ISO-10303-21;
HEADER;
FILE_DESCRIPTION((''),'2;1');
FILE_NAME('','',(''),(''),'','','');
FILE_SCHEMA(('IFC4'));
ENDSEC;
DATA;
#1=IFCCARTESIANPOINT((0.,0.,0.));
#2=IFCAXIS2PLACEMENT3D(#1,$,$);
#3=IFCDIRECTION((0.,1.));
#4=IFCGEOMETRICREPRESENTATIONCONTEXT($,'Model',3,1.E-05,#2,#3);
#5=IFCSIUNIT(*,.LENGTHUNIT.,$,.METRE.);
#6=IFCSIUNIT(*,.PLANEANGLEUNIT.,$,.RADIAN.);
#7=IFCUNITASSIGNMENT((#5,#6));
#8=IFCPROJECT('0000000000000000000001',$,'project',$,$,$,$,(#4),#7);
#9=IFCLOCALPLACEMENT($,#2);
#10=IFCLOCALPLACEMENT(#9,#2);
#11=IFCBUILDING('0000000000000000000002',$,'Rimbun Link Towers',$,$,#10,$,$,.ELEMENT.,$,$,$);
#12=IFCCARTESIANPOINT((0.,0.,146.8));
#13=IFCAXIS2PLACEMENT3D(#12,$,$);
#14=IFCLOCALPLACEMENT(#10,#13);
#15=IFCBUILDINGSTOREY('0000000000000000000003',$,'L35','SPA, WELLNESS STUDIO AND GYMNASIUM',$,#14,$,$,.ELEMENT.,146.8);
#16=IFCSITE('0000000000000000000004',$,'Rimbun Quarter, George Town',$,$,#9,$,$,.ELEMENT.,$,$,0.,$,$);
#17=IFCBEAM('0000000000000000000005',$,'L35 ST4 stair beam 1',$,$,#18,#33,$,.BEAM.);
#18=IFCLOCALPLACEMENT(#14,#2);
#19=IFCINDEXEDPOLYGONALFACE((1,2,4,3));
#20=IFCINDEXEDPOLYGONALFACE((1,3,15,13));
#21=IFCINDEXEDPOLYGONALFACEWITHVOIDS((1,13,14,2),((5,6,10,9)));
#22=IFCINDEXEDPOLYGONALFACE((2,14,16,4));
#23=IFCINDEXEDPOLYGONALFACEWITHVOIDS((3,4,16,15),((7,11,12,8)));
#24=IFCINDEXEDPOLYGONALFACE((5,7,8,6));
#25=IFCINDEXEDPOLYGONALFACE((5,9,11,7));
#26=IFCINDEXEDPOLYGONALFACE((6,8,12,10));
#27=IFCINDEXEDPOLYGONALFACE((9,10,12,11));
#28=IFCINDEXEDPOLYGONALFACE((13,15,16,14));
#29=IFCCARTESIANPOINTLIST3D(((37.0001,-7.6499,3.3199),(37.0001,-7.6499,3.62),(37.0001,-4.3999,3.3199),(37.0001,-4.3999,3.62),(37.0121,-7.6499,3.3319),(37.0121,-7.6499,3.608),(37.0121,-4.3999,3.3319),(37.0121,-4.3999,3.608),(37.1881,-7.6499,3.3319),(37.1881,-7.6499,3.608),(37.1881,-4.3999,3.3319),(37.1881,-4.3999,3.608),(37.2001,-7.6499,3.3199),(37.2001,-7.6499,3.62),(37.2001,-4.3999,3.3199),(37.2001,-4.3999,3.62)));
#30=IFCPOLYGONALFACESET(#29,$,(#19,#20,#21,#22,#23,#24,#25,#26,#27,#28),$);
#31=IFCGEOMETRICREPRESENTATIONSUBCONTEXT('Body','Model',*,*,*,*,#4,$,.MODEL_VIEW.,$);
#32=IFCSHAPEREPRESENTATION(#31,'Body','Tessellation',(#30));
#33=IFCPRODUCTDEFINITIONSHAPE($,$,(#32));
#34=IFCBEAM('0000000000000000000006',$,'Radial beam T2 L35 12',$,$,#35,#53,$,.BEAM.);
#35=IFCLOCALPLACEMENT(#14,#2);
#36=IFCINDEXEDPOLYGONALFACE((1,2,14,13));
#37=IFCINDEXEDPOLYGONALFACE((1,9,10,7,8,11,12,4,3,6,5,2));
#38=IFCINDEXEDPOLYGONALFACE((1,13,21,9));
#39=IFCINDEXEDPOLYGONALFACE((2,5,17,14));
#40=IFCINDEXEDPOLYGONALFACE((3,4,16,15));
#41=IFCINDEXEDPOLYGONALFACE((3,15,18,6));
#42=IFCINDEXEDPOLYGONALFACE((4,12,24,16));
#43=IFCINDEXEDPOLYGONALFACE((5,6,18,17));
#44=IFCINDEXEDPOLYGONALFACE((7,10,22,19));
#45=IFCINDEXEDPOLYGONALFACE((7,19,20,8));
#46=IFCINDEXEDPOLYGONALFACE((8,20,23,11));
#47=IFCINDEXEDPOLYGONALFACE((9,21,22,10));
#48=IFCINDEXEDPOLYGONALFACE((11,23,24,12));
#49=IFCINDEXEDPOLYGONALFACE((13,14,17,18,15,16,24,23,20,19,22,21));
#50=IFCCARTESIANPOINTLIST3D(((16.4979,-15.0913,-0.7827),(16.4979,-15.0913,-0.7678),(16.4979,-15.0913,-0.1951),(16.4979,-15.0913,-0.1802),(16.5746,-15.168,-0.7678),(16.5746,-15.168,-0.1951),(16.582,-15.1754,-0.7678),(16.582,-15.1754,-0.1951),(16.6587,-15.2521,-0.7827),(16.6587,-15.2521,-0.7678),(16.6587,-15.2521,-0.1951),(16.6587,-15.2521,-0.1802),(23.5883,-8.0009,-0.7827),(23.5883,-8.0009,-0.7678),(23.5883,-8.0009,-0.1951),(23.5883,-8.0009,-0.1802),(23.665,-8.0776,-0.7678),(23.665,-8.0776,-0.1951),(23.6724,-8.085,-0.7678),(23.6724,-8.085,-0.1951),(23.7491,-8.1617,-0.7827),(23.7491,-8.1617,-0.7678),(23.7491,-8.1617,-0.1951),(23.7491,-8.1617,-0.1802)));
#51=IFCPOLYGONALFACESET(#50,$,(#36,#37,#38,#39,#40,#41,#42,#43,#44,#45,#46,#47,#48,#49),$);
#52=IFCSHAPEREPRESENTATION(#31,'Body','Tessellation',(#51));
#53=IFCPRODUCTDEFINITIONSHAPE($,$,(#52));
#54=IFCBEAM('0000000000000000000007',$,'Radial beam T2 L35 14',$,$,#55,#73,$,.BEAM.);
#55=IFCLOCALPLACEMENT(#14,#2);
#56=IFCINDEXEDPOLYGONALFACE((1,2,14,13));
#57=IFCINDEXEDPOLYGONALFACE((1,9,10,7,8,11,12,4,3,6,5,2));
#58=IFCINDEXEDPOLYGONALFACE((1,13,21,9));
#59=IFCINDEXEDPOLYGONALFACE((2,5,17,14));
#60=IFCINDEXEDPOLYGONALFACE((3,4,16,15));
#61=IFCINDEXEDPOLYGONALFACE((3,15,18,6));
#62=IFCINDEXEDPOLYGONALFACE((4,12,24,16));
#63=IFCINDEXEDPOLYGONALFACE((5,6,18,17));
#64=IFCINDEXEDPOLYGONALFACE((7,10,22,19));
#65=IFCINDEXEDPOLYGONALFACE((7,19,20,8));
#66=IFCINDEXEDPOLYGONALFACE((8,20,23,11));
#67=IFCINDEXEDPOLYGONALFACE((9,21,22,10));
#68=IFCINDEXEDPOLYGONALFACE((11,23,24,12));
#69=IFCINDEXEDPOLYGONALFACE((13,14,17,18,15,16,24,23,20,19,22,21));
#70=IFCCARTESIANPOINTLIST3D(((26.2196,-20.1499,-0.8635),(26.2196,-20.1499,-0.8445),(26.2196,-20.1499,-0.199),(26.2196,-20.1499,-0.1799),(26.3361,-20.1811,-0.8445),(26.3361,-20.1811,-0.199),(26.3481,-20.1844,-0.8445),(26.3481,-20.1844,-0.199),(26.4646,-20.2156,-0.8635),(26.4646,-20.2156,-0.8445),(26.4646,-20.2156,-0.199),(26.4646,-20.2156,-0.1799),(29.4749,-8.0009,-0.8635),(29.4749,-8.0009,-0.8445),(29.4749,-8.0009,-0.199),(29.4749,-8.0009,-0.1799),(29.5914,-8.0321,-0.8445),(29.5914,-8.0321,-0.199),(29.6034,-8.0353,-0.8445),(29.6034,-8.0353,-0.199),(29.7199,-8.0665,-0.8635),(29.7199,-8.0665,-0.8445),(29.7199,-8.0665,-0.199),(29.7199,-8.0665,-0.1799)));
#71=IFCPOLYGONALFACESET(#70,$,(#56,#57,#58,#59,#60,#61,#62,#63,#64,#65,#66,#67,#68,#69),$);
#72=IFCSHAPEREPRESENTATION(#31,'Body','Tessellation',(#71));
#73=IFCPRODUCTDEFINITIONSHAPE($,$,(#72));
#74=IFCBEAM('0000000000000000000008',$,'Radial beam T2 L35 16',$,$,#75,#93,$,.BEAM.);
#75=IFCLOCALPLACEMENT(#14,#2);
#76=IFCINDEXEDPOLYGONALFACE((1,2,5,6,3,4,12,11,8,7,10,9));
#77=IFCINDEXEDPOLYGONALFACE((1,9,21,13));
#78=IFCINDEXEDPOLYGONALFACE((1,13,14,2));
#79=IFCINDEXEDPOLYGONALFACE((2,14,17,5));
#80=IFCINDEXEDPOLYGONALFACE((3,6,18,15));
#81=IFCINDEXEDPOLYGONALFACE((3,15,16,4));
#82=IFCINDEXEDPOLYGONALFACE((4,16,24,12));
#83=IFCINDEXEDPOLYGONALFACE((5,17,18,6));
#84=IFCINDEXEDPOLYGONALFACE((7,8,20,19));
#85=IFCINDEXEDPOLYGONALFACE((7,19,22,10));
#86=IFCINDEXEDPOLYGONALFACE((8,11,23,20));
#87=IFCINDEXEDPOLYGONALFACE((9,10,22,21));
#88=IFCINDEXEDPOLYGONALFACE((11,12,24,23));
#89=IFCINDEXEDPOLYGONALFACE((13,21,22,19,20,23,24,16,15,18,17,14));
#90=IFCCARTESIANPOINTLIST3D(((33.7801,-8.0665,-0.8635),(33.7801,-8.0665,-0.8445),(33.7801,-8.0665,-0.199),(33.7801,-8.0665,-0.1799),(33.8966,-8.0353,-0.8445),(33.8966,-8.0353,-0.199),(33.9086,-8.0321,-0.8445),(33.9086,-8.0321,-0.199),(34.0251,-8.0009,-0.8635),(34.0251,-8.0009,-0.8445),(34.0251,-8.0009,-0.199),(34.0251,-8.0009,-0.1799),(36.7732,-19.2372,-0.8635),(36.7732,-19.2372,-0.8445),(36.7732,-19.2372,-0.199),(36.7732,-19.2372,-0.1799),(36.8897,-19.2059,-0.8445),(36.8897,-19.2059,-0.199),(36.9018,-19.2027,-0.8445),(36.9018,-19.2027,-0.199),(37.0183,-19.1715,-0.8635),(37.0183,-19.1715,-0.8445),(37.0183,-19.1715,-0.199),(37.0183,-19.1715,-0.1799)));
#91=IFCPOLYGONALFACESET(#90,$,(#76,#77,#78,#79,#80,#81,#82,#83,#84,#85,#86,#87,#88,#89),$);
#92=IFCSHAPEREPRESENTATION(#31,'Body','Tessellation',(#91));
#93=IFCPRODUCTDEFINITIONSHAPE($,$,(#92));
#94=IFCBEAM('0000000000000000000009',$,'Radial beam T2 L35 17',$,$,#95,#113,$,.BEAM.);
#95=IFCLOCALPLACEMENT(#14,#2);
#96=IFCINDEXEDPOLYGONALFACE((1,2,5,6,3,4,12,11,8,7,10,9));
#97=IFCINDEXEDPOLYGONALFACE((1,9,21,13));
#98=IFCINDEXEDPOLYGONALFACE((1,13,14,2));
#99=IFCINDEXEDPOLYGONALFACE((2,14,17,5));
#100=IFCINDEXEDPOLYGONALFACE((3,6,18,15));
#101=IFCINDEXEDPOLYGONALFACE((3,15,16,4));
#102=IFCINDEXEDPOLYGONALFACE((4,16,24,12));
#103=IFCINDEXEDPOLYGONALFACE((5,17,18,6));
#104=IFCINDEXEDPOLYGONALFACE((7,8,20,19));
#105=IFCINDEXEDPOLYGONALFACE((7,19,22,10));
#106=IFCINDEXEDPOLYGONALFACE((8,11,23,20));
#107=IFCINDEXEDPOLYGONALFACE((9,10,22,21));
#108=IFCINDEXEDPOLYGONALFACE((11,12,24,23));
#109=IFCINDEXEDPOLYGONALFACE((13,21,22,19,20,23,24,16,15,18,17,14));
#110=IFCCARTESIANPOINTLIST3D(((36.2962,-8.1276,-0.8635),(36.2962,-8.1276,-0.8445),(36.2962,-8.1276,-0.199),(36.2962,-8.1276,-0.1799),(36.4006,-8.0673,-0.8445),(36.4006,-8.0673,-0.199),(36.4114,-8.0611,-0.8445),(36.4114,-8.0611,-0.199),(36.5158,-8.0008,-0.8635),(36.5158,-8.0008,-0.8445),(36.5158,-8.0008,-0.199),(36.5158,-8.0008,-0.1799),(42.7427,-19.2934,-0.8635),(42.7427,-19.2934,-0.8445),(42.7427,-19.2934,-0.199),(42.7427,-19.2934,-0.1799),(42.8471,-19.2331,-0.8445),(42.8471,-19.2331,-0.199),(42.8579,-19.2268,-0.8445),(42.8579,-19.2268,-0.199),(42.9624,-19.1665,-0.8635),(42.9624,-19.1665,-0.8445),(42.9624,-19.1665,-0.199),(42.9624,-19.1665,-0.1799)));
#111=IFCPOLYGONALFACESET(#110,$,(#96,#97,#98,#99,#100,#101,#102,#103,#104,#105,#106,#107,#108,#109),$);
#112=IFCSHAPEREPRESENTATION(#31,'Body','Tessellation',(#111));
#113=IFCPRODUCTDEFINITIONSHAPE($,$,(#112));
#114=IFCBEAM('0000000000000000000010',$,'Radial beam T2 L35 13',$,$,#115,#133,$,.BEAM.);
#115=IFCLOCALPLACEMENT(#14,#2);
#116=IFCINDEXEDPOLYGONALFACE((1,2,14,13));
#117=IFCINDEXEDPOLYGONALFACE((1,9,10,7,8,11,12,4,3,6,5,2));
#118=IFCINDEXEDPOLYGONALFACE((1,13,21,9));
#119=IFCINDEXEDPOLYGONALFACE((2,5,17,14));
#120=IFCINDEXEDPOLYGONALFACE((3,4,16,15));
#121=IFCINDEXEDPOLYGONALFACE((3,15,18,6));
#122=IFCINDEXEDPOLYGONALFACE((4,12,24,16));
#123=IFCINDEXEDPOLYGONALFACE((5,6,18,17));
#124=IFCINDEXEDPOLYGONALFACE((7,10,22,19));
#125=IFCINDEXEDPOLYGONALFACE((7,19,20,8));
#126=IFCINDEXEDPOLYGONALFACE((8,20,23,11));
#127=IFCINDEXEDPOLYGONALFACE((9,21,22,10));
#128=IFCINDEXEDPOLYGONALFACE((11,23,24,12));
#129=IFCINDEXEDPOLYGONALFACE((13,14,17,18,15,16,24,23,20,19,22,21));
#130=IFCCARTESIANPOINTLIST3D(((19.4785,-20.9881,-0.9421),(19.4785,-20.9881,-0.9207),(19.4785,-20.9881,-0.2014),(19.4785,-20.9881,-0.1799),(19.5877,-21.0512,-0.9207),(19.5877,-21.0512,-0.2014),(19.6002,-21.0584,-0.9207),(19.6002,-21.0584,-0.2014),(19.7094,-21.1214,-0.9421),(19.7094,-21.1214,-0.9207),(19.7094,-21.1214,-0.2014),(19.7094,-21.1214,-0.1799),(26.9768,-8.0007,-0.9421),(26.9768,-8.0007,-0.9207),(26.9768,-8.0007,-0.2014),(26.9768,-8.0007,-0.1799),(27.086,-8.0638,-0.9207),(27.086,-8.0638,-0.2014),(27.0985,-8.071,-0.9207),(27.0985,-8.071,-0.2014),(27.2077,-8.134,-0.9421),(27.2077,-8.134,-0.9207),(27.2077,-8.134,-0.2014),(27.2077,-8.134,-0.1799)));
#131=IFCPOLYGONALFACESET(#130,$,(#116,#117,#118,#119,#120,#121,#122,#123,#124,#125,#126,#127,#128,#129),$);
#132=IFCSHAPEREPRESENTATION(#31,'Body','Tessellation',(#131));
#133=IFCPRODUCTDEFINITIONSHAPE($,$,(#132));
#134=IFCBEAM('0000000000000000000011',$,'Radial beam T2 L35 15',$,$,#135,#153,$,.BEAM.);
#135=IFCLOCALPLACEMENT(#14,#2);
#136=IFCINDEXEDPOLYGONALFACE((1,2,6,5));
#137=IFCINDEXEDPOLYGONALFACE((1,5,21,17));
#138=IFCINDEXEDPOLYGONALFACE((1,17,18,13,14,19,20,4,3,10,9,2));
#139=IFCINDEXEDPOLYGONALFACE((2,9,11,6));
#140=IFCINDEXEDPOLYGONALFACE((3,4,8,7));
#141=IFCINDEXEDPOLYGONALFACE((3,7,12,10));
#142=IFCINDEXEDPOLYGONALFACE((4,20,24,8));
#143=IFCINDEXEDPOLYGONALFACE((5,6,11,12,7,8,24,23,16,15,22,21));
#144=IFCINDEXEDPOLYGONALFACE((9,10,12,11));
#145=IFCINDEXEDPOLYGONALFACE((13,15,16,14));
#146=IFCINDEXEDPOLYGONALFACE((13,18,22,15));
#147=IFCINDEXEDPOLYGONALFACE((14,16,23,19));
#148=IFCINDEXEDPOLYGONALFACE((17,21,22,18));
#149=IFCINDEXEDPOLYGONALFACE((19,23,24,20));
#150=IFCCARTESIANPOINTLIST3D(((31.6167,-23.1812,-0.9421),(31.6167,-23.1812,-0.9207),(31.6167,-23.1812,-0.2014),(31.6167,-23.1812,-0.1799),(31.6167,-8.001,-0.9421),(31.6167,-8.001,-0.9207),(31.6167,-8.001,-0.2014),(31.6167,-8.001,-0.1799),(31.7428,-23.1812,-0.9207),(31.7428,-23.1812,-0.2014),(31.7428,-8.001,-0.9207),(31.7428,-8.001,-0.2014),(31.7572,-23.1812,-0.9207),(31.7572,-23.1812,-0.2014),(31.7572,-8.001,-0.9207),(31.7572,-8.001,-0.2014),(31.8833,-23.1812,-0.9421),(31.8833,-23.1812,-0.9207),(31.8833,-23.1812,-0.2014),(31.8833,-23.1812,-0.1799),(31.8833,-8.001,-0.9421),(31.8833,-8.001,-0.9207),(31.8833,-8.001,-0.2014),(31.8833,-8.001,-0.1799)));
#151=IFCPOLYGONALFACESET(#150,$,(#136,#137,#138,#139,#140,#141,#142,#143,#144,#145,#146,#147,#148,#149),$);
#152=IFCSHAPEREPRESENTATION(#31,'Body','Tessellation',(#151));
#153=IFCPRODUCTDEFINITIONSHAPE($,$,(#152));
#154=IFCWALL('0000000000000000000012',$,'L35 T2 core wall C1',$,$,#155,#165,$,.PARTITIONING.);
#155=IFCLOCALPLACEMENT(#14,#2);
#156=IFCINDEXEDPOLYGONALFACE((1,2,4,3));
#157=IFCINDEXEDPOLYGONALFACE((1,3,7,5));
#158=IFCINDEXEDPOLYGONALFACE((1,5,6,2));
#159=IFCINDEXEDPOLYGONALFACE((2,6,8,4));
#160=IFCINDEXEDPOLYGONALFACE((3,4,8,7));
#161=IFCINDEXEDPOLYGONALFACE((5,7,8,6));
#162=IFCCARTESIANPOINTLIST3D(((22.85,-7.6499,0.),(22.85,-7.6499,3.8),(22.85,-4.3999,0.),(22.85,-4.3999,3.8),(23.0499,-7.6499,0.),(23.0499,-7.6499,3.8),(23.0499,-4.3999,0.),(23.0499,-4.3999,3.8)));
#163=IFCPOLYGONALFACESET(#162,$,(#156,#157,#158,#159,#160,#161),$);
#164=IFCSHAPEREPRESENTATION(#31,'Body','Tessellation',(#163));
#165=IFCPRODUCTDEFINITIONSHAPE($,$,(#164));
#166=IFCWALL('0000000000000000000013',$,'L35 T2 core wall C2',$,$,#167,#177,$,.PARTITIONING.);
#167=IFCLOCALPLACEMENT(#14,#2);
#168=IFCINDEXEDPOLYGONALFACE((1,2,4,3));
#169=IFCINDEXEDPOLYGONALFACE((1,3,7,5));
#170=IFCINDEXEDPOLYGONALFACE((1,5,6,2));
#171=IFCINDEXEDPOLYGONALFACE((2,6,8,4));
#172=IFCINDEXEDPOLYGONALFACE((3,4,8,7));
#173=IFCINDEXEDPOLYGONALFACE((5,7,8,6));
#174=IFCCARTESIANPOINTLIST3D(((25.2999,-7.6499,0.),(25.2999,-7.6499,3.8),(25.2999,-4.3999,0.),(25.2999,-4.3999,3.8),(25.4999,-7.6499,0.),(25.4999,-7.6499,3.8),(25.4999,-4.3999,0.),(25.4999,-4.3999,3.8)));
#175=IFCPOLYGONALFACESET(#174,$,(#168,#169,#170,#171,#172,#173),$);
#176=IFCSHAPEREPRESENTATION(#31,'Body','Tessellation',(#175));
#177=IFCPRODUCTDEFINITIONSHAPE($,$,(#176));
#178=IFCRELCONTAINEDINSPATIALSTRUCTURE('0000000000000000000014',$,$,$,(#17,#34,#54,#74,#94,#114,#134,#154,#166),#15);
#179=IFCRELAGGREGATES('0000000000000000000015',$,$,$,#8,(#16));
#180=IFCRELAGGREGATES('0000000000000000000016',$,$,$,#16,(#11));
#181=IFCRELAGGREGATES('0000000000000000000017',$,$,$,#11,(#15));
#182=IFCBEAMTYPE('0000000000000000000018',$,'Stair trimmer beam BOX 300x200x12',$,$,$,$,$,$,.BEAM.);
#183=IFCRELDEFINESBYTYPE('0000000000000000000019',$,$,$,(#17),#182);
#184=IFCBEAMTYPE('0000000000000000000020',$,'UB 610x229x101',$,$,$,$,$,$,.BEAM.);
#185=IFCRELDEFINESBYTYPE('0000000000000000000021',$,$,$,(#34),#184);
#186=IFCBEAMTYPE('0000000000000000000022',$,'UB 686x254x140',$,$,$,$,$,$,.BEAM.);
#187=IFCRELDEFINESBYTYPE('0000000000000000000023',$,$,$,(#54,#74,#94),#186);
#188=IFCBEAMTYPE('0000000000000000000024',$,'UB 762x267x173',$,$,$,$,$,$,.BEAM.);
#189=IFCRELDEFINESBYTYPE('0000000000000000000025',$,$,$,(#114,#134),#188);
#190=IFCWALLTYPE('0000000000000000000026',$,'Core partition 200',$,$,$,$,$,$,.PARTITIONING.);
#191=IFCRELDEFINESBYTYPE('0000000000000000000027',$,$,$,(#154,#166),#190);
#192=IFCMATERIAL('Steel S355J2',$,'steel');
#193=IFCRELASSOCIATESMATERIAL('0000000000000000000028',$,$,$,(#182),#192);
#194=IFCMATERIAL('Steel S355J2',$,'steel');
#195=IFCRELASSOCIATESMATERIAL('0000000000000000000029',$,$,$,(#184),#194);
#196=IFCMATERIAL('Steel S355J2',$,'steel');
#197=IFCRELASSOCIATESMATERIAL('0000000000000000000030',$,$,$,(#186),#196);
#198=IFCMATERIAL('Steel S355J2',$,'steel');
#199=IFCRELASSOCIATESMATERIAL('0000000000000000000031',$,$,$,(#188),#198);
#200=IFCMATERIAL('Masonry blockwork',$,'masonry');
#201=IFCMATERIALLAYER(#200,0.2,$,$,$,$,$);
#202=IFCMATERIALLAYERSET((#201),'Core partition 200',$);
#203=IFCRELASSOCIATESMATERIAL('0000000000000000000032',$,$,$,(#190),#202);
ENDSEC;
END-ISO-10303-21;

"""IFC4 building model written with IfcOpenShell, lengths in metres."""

from ifc_helpers import new_model, si_unit, direction, frame, frame_2d, origin, origin_2d, place, context, subcontext, project, spatial, rectangle, hollow_rectangle, i_section, extrude, material, layer, layer_set, material_profile, profile_set, type_object, element, save


model = new_model("IFC4")

# Units and contexts
model_context = context("Model", 3, precision=1e-05, world=origin(), true_north=direction((0.0, 1.0)))
body_context = subcontext(model_context, "Body", "Model", "MODEL_VIEW")
ifc_project = project(units=[si_unit("LENGTHUNIT", "METRE"), si_unit("PLANEANGLEUNIT", "RADIAN")], contexts=[model_context])

# Site, building, storey
site_placement = place(None, origin())
site = spatial("IfcSite", under=ifc_project, at=site_placement, Name="Rimbun Quarter, George Town", CompositionType="ELEMENT", RefElevation=0.0)
building_placement = place(site_placement, origin())
building = spatial("IfcBuilding", under=site, at=building_placement, Name="Rimbun Link Towers", CompositionType="ELEMENT")
storey_placement = place(building_placement, frame((0.0, 0.0, 146.8)))
storey = spatial("IfcBuildingStorey", under=building, at=storey_placement, Name="L35", Description="SPA, WELLNESS STUDIO AND GYMNASIUM", CompositionType="ELEMENT", Elevation=146.8)

# Beams
ifc_material_1 = material(Name="Steel S355J2", Category="steel")
ifc_material_profile_1 = material_profile(ifc_material_1, hollow_rectangle(XDim=0.2, YDim=0.3, WallThickness=0.012, at=origin_2d()), Name="BOX 300x200x12")
ifc_profile_set_1 = profile_set([ifc_material_profile_1], Name="Steel S355J2")
beam_type_1 = type_object("IfcBeamType", Name="Stair trimmer beam BOX 300x200x12", PredefinedType="BEAM", material=ifc_profile_set_1)
beam_1_placement = place(storey_placement, frame((37.1001, -7.6499, 3.47), z_axis=(0.0, 1.0, 0.0), x_axis=(-1.0, 0.0, 0.0)))
element("IfcBeam", 1, at=beam_1_placement, inside=storey, type_object=beam_type_1, Name="L35 ST4 stair beam 1", PredefinedType="BEAM", context=body_context, shape_type="SweptSolid", body=[
    extrude(hollow_rectangle(XDim=0.2, YDim=0.3, WallThickness=0.012, at=origin_2d()), origin(), (0.0, 0.0, 1.0), 3.25),
])
ifc_material_2 = material(Name="Steel S355J2", Category="steel")
ifc_material_profile_2 = material_profile(ifc_material_2, i_section(OverallWidth=0.2275, OverallDepth=0.6025, WebThickness=0.0105, FlangeThickness=0.0149, at=origin_2d()), Name="UB 610x229x101")
ifc_profile_set_2 = profile_set([ifc_material_profile_2], Name="Steel S355J2")
beam_type_2 = type_object("IfcBeamType", Name="UB 610x229x101", PredefinedType="BEAM", material=ifc_profile_set_2)
beam_2_placement = place(storey_placement, frame((23.6687, -8.0813, -0.4814), z_axis=(-0.707107, -0.707107, 0.0), x_axis=(0.707107, -0.707107, 0.0)))
element("IfcBeam", 2, at=beam_2_placement, inside=storey, type_object=beam_type_2, Name="Radial beam T2 L35 12", PredefinedType="BEAM", context=body_context, shape_type="SweptSolid", body=[
    extrude(i_section(OverallWidth=0.2275, OverallDepth=0.6025, WebThickness=0.0105, FlangeThickness=0.0149, at=origin_2d()), origin(), (0.0, 0.0, 1.0), 10.0273),
])
ifc_material_3 = material(Name="Steel S355J2", Category="steel")
ifc_material_profile_3 = material_profile(ifc_material_3, i_section(OverallWidth=0.2537, OverallDepth=0.6836, WebThickness=0.0125, FlangeThickness=0.019, at=origin_2d()), Name="UB 686x254x140")
ifc_profile_set_3 = profile_set([ifc_material_profile_3], Name="Steel S355J2")
beam_type_3 = type_object("IfcBeamType", Name="UB 686x254x140", PredefinedType="BEAM", material=ifc_profile_set_3)
beam_3_placement = place(storey_placement, frame((29.5974, -8.0337, -0.5217), z_axis=(-0.25882, -0.965926, 0.0), x_axis=(0.965926, -0.25882, 0.0)))
element("IfcBeam", 3, at=beam_3_placement, inside=storey, type_object=beam_type_3, Name="Radial beam T2 L35 14", PredefinedType="BEAM", context=body_context, shape_type="SweptSolid", body=[
    extrude(i_section(OverallWidth=0.2537, OverallDepth=0.6836, WebThickness=0.0125, FlangeThickness=0.019, at=origin_2d()), origin(), (0.0, 0.0, 1.0), 12.5776),
])
beam_4_placement = place(storey_placement, frame((33.9026, -8.0337, -0.5217), z_axis=(0.258819, -0.965926, 0.0), x_axis=(0.965926, 0.258819, 0.0)))
element("IfcBeam", 4, at=beam_4_placement, inside=storey, type_object=beam_type_3, Name="Radial beam T2 L35 16", PredefinedType="BEAM", context=body_context, shape_type="SweptSolid", body=[
    extrude(i_section(OverallWidth=0.2537, OverallDepth=0.6836, WebThickness=0.0125, FlangeThickness=0.019, at=origin_2d()), origin(), (0.0, 0.0, 1.0), 11.5647),
])
beam_5_placement = place(storey_placement, frame((36.406, -8.0642, -0.5217), z_axis=(0.499998, -0.866026, 0.0), x_axis=(0.866026, 0.499998, 0.0)))
element("IfcBeam", 5, at=beam_5_placement, inside=storey, type_object=beam_type_3, Name="Radial beam T2 L35 17", PredefinedType="BEAM", context=body_context, shape_type="SweptSolid", body=[
    extrude(i_section(OverallWidth=0.2537, OverallDepth=0.6836, WebThickness=0.0125, FlangeThickness=0.019, at=origin_2d()), origin(), (0.0, 0.0, 1.0), 12.8931),
])
ifc_material_4 = material(Name="Steel S355J2", Category="steel")
ifc_material_profile_4 = material_profile(ifc_material_4, i_section(OverallWidth=0.2666, OverallDepth=0.7622, WebThickness=0.0144, FlangeThickness=0.0215, at=origin_2d()), Name="UB 762x267x173")
ifc_profile_set_4 = profile_set([ifc_material_profile_4], Name="Steel S355J2")
beam_type_4 = type_object("IfcBeamType", Name="UB 762x267x173", PredefinedType="BEAM", material=ifc_profile_set_4)
beam_6_placement = place(storey_placement, frame((27.0923, -8.0674, -0.561), z_axis=(-0.500003, -0.866023, 0.0), x_axis=(0.866023, -0.500003, 0.0)))
element("IfcBeam", 6, at=beam_6_placement, inside=storey, type_object=beam_type_4, Name="Radial beam T2 L35 13", PredefinedType="BEAM", context=body_context, shape_type="SweptSolid", body=[
    extrude(i_section(OverallWidth=0.2666, OverallDepth=0.7622, WebThickness=0.0144, FlangeThickness=0.0215, at=origin_2d()), origin(), (0.0, 0.0, 1.0), 14.9966),
])
beam_7_placement = place(storey_placement, frame((31.75, -8.001, -0.561), z_axis=(0.0, -1.0, 0.0), x_axis=(1.0, 0.0, 0.0)))
element("IfcBeam", 7, at=beam_7_placement, inside=storey, type_object=beam_type_4, Name="Radial beam T2 L35 15", PredefinedType="BEAM", context=body_context, shape_type="SweptSolid", body=[
    extrude(i_section(OverallWidth=0.2666, OverallDepth=0.7622, WebThickness=0.0144, FlangeThickness=0.0215, at=origin_2d()), origin(), (0.0, 0.0, 1.0), 15.1802),
])

# Walls
ifc_material_5 = material(Name="Masonry blockwork", Category="masonry")
ifc_layer_1 = layer(ifc_material_5, 0.2)
ifc_layer_set_1 = layer_set([ifc_layer_1], Name="Core partition 200")
wall_type_1 = type_object("IfcWallType", Name="Core partition 200", PredefinedType="PARTITIONING", material=ifc_layer_set_1)
for number, where, z_axis, x_axis, name in (
    (8, (22.95, -4.3999, 0.0), (0.0, 0.0, 1.0), (0.0, -1.0, 0.0), "L35 T2 core wall C1"),
    (9, (25.3999, -4.3999, 0.0), (0.0, 0.0, 1.0), (0.0, -1.0, 0.0), "L35 T2 core wall C2"),
):
    element("IfcWall", number, at=place(storey_placement, frame(where, z_axis=z_axis, x_axis=x_axis)), inside=storey, type_object=wall_type_1, Name=name, PredefinedType="PARTITIONING", context=body_context, shape_type="SweptSolid", body=[
        extrude(rectangle(XDim=3.25, YDim=0.2, at=frame_2d((1.625, 0.0))), origin(), (0.0, 0.0, 1.0), 3.8),
    ])

save(model, "model.ifc")
